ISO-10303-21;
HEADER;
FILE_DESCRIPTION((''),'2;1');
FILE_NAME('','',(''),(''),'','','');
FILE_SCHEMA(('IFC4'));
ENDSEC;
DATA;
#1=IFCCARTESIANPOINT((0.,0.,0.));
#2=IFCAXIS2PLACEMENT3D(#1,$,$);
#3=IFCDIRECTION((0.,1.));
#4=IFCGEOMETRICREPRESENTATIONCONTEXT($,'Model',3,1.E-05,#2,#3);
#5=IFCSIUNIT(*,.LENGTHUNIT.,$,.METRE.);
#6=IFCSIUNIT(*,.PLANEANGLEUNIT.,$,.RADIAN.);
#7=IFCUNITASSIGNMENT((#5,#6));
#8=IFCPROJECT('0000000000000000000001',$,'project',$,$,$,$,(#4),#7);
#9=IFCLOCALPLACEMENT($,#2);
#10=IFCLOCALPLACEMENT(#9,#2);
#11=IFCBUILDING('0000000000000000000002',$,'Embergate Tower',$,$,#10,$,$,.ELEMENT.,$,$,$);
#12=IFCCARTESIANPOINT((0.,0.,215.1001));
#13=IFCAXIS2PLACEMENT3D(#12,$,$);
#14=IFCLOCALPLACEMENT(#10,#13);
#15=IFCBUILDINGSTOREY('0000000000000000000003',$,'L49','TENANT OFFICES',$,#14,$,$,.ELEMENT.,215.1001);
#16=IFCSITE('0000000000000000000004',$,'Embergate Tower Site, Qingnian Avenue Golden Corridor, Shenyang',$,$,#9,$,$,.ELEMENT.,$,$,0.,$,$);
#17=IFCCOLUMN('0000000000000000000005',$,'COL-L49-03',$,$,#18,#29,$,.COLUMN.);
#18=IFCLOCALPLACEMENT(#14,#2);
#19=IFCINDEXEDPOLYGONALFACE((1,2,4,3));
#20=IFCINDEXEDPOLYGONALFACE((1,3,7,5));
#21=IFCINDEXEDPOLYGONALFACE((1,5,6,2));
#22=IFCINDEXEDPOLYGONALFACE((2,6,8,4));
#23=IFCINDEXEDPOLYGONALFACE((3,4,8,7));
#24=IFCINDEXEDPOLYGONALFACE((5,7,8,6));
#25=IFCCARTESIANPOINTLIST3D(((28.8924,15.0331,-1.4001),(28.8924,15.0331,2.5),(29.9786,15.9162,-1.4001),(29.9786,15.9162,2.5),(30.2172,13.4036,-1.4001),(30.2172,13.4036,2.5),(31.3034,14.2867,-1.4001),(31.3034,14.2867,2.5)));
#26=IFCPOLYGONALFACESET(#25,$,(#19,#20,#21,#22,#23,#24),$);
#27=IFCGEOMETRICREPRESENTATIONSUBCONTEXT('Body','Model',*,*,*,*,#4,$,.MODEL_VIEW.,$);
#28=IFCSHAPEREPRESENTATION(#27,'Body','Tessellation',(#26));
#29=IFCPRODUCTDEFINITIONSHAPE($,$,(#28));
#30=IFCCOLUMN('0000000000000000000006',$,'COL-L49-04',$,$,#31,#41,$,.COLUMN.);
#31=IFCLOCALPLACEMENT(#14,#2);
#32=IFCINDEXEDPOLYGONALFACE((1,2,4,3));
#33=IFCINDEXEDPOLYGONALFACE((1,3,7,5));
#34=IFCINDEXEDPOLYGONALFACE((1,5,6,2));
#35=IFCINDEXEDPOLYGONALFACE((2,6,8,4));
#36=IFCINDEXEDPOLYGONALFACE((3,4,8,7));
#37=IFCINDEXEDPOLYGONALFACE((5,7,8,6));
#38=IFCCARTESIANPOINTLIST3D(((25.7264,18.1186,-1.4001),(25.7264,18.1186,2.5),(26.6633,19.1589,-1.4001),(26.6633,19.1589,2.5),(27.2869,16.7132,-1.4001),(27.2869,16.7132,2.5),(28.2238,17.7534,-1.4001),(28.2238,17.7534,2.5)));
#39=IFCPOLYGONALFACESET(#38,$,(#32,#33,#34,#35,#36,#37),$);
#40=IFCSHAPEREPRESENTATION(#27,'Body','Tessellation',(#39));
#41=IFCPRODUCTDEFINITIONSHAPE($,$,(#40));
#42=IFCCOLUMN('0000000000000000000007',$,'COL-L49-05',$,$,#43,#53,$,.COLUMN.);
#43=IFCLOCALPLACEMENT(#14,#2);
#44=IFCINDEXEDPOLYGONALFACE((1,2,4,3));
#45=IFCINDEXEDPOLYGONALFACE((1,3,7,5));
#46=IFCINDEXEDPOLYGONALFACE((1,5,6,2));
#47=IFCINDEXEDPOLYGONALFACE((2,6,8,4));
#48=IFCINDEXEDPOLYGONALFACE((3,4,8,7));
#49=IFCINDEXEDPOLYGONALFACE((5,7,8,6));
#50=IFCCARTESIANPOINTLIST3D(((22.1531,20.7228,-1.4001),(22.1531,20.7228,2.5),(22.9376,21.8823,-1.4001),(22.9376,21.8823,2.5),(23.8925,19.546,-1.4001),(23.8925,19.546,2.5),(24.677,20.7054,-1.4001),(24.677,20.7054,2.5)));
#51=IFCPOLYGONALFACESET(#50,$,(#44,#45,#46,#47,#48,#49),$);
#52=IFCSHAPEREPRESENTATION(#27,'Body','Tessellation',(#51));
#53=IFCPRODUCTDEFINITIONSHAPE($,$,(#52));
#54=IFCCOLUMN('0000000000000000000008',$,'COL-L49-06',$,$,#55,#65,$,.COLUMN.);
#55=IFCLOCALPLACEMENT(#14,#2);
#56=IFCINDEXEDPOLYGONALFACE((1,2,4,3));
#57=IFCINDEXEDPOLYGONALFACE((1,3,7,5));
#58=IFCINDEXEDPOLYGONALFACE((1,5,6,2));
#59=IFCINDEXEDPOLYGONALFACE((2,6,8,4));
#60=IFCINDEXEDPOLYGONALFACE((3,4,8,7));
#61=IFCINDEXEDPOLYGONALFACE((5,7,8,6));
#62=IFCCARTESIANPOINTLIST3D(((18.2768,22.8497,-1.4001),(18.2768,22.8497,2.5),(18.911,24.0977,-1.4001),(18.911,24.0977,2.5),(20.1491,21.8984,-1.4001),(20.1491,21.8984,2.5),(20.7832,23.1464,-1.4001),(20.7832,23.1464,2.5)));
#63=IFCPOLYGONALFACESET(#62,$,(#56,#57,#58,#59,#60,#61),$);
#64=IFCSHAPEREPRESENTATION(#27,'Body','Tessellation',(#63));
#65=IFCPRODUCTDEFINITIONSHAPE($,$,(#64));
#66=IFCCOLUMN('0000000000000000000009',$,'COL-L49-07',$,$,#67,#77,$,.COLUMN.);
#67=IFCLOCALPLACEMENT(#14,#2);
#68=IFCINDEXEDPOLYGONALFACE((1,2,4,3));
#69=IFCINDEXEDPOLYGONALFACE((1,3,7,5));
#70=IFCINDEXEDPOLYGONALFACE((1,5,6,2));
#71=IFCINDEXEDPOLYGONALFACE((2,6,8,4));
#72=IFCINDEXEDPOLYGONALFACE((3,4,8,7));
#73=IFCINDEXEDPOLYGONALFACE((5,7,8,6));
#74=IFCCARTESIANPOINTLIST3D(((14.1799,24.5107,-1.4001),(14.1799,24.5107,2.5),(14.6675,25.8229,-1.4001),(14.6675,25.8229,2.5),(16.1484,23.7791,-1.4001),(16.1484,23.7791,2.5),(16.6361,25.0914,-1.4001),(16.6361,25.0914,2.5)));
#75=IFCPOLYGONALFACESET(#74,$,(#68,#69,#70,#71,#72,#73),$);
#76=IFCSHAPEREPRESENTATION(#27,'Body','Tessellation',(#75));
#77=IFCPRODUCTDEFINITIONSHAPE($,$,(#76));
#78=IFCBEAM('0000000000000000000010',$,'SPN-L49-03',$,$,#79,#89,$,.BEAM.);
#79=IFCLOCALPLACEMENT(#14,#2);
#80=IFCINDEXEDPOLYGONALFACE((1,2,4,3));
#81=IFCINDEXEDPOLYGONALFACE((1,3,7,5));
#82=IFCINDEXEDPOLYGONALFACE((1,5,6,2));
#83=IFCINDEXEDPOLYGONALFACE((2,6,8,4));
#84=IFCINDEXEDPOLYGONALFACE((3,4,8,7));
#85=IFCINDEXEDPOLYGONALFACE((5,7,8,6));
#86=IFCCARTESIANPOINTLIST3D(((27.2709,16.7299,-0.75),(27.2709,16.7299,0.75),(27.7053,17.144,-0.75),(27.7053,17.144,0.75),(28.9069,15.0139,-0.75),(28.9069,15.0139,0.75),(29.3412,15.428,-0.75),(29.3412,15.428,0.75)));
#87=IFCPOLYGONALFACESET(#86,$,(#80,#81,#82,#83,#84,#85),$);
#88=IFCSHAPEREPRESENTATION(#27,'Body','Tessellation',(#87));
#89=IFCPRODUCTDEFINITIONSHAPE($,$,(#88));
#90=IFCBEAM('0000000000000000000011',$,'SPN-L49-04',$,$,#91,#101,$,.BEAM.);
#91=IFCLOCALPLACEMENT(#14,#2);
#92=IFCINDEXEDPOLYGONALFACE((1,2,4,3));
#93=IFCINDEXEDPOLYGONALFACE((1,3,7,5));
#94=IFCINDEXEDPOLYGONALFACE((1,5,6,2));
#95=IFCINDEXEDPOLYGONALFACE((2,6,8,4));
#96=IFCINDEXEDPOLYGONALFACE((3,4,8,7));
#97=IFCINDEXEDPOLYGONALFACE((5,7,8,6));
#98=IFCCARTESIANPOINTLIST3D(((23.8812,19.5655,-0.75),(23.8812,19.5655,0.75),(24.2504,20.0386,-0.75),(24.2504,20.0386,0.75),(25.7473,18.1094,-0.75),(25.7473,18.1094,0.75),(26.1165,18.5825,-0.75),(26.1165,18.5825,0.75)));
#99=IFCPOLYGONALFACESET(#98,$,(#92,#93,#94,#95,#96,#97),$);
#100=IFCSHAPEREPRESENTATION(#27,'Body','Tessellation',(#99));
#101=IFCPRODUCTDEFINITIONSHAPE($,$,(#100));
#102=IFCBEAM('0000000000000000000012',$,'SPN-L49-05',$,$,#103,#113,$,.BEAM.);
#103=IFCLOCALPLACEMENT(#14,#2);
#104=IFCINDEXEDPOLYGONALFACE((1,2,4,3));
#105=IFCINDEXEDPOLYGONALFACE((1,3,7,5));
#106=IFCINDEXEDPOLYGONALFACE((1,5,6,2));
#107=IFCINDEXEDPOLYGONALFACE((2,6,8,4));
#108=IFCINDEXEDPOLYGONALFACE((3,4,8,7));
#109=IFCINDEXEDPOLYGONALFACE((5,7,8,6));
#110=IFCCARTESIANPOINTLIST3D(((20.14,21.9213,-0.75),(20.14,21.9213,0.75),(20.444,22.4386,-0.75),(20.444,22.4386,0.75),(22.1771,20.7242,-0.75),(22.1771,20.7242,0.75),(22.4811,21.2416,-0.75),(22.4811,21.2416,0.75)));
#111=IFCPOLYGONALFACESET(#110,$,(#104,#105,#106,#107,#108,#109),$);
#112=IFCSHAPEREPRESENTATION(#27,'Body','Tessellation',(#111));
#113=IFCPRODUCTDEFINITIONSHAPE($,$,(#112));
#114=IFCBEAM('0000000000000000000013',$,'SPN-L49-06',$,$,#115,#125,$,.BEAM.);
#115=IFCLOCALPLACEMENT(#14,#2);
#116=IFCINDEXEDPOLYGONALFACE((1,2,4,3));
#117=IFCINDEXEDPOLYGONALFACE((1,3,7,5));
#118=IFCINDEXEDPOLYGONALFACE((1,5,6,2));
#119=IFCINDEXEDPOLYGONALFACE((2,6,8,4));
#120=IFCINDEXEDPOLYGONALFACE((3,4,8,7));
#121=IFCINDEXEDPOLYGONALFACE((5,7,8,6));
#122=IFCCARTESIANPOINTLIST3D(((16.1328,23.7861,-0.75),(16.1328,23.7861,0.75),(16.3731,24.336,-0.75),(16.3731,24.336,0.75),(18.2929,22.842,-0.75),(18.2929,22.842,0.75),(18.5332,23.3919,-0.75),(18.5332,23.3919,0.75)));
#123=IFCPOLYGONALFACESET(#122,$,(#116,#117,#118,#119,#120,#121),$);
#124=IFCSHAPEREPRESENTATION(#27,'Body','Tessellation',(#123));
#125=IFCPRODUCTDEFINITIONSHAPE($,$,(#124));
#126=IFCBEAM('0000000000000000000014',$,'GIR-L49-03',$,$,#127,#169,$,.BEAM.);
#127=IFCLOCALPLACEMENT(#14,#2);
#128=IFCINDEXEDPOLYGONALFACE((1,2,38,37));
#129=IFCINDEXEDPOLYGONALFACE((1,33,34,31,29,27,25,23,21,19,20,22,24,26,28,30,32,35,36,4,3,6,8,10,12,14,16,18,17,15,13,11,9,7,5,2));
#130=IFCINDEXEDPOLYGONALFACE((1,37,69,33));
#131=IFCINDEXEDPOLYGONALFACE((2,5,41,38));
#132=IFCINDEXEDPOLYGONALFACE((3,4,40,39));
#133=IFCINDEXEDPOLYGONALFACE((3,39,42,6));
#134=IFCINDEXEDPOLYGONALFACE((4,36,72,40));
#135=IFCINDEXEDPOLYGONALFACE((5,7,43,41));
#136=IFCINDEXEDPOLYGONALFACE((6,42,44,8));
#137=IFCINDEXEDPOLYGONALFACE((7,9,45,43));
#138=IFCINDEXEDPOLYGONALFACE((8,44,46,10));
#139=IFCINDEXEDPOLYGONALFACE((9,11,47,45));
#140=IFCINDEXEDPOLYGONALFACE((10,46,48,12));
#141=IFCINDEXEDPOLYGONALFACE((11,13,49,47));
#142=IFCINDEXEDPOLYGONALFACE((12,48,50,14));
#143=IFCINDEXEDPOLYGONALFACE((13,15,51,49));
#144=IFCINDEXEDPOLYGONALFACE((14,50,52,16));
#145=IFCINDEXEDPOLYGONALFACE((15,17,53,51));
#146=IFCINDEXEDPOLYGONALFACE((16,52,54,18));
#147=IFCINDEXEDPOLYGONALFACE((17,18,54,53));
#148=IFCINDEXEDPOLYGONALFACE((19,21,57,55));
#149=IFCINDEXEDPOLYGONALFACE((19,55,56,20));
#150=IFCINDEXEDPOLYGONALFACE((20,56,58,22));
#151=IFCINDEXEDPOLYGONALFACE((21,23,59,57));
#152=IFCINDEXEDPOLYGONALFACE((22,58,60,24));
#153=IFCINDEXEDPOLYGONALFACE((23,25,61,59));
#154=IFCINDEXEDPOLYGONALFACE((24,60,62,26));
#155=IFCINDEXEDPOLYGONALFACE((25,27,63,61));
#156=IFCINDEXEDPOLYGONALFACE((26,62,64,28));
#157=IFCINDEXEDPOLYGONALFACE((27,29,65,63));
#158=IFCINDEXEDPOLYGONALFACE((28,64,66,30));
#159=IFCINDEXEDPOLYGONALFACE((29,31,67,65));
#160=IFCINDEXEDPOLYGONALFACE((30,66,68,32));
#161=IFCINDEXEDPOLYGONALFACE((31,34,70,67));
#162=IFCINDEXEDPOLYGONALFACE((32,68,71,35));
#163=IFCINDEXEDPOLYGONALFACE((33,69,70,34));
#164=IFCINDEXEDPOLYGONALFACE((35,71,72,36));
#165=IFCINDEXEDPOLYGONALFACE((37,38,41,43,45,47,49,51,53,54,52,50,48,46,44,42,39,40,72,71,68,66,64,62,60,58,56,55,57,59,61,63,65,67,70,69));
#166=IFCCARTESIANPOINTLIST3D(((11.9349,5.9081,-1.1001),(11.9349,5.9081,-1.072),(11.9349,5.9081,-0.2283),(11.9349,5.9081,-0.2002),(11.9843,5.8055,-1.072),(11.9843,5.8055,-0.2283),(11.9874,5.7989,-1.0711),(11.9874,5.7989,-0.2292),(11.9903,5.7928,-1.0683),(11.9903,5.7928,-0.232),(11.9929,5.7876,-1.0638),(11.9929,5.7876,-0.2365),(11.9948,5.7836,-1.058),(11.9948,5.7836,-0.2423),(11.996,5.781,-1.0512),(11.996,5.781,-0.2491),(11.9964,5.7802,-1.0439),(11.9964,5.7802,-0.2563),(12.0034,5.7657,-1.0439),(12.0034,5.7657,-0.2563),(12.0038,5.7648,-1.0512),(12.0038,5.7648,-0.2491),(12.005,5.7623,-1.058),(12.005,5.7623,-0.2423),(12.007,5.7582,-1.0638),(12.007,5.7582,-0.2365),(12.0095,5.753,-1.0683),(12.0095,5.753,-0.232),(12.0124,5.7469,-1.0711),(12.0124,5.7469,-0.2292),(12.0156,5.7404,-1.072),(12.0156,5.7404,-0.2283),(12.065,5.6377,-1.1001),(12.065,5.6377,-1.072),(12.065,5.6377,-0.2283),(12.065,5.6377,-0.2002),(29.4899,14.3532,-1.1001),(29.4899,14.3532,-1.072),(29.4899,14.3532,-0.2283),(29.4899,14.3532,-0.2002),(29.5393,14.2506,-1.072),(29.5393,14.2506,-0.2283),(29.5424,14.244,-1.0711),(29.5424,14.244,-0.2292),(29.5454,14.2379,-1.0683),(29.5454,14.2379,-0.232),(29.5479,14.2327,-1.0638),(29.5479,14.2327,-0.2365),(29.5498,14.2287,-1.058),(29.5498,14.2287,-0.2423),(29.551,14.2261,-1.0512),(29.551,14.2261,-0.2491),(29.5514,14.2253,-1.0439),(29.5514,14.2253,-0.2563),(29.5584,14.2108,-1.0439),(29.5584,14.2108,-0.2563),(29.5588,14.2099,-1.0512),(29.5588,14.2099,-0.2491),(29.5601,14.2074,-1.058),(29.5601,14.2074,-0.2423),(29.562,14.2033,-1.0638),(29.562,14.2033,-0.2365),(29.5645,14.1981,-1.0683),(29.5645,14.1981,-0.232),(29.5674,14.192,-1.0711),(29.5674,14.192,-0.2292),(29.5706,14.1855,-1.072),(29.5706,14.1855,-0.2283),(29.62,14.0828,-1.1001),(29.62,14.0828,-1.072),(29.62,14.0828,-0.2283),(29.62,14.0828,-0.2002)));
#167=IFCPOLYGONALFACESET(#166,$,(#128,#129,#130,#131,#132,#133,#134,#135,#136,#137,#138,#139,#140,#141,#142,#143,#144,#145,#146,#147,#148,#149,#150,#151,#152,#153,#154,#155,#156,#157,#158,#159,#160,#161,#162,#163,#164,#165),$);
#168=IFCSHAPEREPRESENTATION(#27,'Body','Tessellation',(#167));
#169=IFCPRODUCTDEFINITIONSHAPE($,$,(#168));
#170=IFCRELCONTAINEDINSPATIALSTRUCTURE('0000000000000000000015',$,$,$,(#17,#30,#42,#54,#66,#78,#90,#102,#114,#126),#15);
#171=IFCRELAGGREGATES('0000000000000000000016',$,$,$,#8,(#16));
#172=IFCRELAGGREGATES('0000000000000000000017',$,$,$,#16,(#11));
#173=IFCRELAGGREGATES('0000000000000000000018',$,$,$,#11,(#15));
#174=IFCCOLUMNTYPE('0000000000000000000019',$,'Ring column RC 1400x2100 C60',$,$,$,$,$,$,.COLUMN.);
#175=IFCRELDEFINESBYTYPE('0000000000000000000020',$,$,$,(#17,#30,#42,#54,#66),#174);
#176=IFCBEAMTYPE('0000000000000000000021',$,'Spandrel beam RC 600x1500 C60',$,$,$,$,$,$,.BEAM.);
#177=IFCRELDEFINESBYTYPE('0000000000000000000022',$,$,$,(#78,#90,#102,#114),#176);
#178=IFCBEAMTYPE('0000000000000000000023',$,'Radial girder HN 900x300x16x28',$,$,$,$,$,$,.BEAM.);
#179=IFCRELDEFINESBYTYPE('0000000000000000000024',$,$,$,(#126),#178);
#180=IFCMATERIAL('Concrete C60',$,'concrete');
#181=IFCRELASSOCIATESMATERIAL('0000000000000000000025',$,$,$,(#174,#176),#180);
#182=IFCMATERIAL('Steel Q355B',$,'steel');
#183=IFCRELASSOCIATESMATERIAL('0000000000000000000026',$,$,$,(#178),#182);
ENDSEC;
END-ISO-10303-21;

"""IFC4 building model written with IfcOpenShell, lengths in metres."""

from ifc_helpers import new_model, si_unit, direction, frame, origin, origin_2d, place, context, subcontext, project, spatial, rectangle, i_section, extrude, source, transform, mapped, material, material_profile, profile_set, type_object, element, save


model = new_model("IFC4")

# Units and contexts
model_context = context("Model", 3, precision=1e-05, world=origin(), true_north=direction((0.0, 1.0)))
body_context = subcontext(model_context, "Body", "Model", "MODEL_VIEW")
ifc_project = project(units=[si_unit("LENGTHUNIT", "METRE"), si_unit("PLANEANGLEUNIT", "RADIAN")], contexts=[model_context])

# Site, building, storey
site_placement = place(None, origin())
site = spatial("IfcSite", under=ifc_project, at=site_placement, Name="Embergate Tower Site, Qingnian Avenue Golden Corridor, Shenyang", CompositionType="ELEMENT", RefElevation=0.0)
building_placement = place(site_placement, origin())
building = spatial("IfcBuilding", under=site, at=building_placement, Name="Embergate Tower", CompositionType="ELEMENT")
storey_placement = place(building_placement, frame((0.0, 0.0, 215.1001)))
storey = spatial("IfcBuildingStorey", under=building, at=storey_placement, Name="L49", Description="TENANT OFFICES", CompositionType="ELEMENT", Elevation=215.1001)

# Columns
ifc_material_1 = material(Name="Concrete C60", Category="concrete")
ifc_material_profile_1 = material_profile(ifc_material_1, rectangle(XDim=1.3999, YDim=2.1001, at=origin_2d()), Name="RC 1400x2100")
ifc_profile_set_1 = profile_set([ifc_material_profile_1], Name="Concrete C60")
column_type = type_object("IfcColumnType", Name="Ring column RC 1400x2100 C60", PredefinedType="COLUMN", material=ifc_profile_set_1)
shared_shape_1 = source(origin(), body_context, "Body", "SweptSolid", [
    extrude(rectangle(XDim=1.3999, YDim=2.1001, at=origin_2d()), origin(), (0.0, 0.0, 1.0), 3.9001),
])
for number, where, z_axis, x_axis, name in (
    (1, (30.0979, 14.6599, -1.4001), (0.0, 0.0, 1.0), (0.775925, 0.630825, 0.0), "COL-L49-03"),
    (2, (26.9751, 17.936, -1.4001), (0.0, 0.0, 1.0), (0.669221, 0.743063, 0.0), "COL-L49-04"),
    (3, (23.415, 20.7141, -1.4001), (0.0, 0.0, 1.0), (0.560393, 0.828227, 0.0), "COL-L49-05"),
    (4, (19.53, 22.998, -1.4001), (0.0, 0.0, 1.0), (0.453011, 0.891505, 0.0), "COL-L49-06"),
    (5, (15.408, 24.801, -1.4001), (0.0, 0.0, 1.0), (0.348343, 0.937367, 0.0), "COL-L49-07"),
):
    element("IfcColumn", number, at=place(storey_placement, frame(where, z_axis=z_axis, x_axis=x_axis)), inside=storey, type_object=column_type, Name=name, PredefinedType="COLUMN", context=body_context, shape_type="MappedRepresentation", body=[
        mapped(shared_shape_1, transform((0.0, 0.0, 0.0))),
    ])

# Beams
ifc_material_profile_2 = material_profile(ifc_material_1, rectangle(XDim=0.6001, YDim=1.5, at=origin_2d()), Name="RC 600x1500")
ifc_profile_set_2 = profile_set([ifc_material_profile_2], Name="Concrete C60")
beam_type_1 = type_object("IfcBeamType", Name="Spandrel beam RC 600x1500 C60", PredefinedType="BEAM", material=ifc_profile_set_2)
shared_shape_2 = source(origin(), body_context, "Body", "SweptSolid", [
    extrude(rectangle(XDim=0.6001, YDim=1.5, at=origin_2d()), origin(), (0.0, 0.0, 1.0), 2.3708),
])
beam_1_placement = place(storey_placement, frame((29.124, 15.2209, 0.0), z_axis=(-0.690018, 0.723793, 0.0), x_axis=(-0.723793, -0.690018, 0.0)))
element("IfcBeam", 6, at=beam_1_placement, inside=storey, type_object=beam_type_1, Name="SPN-L49-03", PredefinedType="BEAM", context=body_context, shape_type="MappedRepresentation", body=[
    mapped(shared_shape_2, transform((0.0, 0.0, 0.0))),
])
shared_shape_3 = source(origin(), body_context, "Body", "SweptSolid", [
    extrude(rectangle(XDim=0.6001, YDim=1.5, at=origin_2d()), origin(), (0.0, 0.0, 1.0), 2.3669),
])
beam_2_placement = place(storey_placement, frame((25.9319, 18.3459, 0.0), z_axis=(-0.788379, 0.61519, 0.0), x_axis=(-0.61519, -0.788379, 0.0)))
element("IfcBeam", 7, at=beam_2_placement, inside=storey, type_object=beam_type_1, Name="SPN-L49-04", PredefinedType="BEAM", context=body_context, shape_type="MappedRepresentation", body=[
    mapped(shared_shape_3, transform((0.0, 0.0, 0.0))),
])
shared_shape_4 = source(origin(), body_context, "Body", "SweptSolid", [
    extrude(rectangle(XDim=0.6001, YDim=1.5, at=origin_2d()), origin(), (0.0, 0.0, 1.0), 2.3628),
])
beam_3_placement = place(storey_placement, frame((22.3291, 20.9829, 0.0), z_axis=(-0.862171, 0.506618, 0.0), x_axis=(-0.506618, -0.862171, 0.0)))
element("IfcBeam", 8, at=beam_3_placement, inside=storey, type_object=beam_type_1, Name="SPN-L49-05", PredefinedType="BEAM", context=body_context, shape_type="MappedRepresentation", body=[
    mapped(shared_shape_4, transform((0.0, 0.0, 0.0))),
])
shared_shape_5 = source(origin(), body_context, "Body", "SweptSolid", [
    extrude(rectangle(XDim=0.6001, YDim=1.5, at=origin_2d()), origin(), (0.0, 0.0, 1.0), 2.3574),
])
beam_4_placement = place(storey_placement, frame((18.4131, 23.1169, 0.0), z_axis=(-0.916309, 0.400471, 0.0), x_axis=(-0.400471, -0.916309, 0.0)))
element("IfcBeam", 9, at=beam_4_placement, inside=storey, type_object=beam_type_1, Name="SPN-L49-06", PredefinedType="BEAM", context=body_context, shape_type="MappedRepresentation", body=[
    mapped(shared_shape_5, transform((0.0, 0.0, 0.0))),
])
ifc_material_2 = material(Name="Steel Q355B", Category="steel")
ifc_material_profile_3 = material_profile(ifc_material_2, i_section(OverallWidth=0.3, OverallDepth=0.8999, WebThickness=0.0161, FlangeThickness=0.0281, FilletRadius=0.0281, at=origin_2d()), Name="HN 900x300x16x28")
ifc_profile_set_3 = profile_set([ifc_material_profile_3], Name="Steel Q355 grade B")
beam_type_2 = type_object("IfcBeamType", Name="Radial girder HN 900x300x16x28", PredefinedType="BEAM", material=ifc_profile_set_3)
shared_shape_6 = source(origin(), body_context, "Body", "SweptSolid", [
    extrude(i_section(OverallWidth=0.3, OverallDepth=0.8999, WebThickness=0.0161, FlangeThickness=0.0281, FilletRadius=0.0281, at=origin_2d()), origin(), (0.0, 0.0, 1.0), 19.4807),
])
beam_5_placement = place(storey_placement, frame((29.5549, 14.218, -0.6501), z_axis=(-0.901148, -0.433511, 0.0), x_axis=(0.433511, -0.901148, 0.0)))
element("IfcBeam", 10, at=beam_5_placement, inside=storey, type_object=beam_type_2, Name="GIR-L49-03", PredefinedType="BEAM", context=body_context, shape_type="MappedRepresentation", body=[
    mapped(shared_shape_6, transform((0.0, 0.0, 0.0))),
])

save(model, "model.ifc")
